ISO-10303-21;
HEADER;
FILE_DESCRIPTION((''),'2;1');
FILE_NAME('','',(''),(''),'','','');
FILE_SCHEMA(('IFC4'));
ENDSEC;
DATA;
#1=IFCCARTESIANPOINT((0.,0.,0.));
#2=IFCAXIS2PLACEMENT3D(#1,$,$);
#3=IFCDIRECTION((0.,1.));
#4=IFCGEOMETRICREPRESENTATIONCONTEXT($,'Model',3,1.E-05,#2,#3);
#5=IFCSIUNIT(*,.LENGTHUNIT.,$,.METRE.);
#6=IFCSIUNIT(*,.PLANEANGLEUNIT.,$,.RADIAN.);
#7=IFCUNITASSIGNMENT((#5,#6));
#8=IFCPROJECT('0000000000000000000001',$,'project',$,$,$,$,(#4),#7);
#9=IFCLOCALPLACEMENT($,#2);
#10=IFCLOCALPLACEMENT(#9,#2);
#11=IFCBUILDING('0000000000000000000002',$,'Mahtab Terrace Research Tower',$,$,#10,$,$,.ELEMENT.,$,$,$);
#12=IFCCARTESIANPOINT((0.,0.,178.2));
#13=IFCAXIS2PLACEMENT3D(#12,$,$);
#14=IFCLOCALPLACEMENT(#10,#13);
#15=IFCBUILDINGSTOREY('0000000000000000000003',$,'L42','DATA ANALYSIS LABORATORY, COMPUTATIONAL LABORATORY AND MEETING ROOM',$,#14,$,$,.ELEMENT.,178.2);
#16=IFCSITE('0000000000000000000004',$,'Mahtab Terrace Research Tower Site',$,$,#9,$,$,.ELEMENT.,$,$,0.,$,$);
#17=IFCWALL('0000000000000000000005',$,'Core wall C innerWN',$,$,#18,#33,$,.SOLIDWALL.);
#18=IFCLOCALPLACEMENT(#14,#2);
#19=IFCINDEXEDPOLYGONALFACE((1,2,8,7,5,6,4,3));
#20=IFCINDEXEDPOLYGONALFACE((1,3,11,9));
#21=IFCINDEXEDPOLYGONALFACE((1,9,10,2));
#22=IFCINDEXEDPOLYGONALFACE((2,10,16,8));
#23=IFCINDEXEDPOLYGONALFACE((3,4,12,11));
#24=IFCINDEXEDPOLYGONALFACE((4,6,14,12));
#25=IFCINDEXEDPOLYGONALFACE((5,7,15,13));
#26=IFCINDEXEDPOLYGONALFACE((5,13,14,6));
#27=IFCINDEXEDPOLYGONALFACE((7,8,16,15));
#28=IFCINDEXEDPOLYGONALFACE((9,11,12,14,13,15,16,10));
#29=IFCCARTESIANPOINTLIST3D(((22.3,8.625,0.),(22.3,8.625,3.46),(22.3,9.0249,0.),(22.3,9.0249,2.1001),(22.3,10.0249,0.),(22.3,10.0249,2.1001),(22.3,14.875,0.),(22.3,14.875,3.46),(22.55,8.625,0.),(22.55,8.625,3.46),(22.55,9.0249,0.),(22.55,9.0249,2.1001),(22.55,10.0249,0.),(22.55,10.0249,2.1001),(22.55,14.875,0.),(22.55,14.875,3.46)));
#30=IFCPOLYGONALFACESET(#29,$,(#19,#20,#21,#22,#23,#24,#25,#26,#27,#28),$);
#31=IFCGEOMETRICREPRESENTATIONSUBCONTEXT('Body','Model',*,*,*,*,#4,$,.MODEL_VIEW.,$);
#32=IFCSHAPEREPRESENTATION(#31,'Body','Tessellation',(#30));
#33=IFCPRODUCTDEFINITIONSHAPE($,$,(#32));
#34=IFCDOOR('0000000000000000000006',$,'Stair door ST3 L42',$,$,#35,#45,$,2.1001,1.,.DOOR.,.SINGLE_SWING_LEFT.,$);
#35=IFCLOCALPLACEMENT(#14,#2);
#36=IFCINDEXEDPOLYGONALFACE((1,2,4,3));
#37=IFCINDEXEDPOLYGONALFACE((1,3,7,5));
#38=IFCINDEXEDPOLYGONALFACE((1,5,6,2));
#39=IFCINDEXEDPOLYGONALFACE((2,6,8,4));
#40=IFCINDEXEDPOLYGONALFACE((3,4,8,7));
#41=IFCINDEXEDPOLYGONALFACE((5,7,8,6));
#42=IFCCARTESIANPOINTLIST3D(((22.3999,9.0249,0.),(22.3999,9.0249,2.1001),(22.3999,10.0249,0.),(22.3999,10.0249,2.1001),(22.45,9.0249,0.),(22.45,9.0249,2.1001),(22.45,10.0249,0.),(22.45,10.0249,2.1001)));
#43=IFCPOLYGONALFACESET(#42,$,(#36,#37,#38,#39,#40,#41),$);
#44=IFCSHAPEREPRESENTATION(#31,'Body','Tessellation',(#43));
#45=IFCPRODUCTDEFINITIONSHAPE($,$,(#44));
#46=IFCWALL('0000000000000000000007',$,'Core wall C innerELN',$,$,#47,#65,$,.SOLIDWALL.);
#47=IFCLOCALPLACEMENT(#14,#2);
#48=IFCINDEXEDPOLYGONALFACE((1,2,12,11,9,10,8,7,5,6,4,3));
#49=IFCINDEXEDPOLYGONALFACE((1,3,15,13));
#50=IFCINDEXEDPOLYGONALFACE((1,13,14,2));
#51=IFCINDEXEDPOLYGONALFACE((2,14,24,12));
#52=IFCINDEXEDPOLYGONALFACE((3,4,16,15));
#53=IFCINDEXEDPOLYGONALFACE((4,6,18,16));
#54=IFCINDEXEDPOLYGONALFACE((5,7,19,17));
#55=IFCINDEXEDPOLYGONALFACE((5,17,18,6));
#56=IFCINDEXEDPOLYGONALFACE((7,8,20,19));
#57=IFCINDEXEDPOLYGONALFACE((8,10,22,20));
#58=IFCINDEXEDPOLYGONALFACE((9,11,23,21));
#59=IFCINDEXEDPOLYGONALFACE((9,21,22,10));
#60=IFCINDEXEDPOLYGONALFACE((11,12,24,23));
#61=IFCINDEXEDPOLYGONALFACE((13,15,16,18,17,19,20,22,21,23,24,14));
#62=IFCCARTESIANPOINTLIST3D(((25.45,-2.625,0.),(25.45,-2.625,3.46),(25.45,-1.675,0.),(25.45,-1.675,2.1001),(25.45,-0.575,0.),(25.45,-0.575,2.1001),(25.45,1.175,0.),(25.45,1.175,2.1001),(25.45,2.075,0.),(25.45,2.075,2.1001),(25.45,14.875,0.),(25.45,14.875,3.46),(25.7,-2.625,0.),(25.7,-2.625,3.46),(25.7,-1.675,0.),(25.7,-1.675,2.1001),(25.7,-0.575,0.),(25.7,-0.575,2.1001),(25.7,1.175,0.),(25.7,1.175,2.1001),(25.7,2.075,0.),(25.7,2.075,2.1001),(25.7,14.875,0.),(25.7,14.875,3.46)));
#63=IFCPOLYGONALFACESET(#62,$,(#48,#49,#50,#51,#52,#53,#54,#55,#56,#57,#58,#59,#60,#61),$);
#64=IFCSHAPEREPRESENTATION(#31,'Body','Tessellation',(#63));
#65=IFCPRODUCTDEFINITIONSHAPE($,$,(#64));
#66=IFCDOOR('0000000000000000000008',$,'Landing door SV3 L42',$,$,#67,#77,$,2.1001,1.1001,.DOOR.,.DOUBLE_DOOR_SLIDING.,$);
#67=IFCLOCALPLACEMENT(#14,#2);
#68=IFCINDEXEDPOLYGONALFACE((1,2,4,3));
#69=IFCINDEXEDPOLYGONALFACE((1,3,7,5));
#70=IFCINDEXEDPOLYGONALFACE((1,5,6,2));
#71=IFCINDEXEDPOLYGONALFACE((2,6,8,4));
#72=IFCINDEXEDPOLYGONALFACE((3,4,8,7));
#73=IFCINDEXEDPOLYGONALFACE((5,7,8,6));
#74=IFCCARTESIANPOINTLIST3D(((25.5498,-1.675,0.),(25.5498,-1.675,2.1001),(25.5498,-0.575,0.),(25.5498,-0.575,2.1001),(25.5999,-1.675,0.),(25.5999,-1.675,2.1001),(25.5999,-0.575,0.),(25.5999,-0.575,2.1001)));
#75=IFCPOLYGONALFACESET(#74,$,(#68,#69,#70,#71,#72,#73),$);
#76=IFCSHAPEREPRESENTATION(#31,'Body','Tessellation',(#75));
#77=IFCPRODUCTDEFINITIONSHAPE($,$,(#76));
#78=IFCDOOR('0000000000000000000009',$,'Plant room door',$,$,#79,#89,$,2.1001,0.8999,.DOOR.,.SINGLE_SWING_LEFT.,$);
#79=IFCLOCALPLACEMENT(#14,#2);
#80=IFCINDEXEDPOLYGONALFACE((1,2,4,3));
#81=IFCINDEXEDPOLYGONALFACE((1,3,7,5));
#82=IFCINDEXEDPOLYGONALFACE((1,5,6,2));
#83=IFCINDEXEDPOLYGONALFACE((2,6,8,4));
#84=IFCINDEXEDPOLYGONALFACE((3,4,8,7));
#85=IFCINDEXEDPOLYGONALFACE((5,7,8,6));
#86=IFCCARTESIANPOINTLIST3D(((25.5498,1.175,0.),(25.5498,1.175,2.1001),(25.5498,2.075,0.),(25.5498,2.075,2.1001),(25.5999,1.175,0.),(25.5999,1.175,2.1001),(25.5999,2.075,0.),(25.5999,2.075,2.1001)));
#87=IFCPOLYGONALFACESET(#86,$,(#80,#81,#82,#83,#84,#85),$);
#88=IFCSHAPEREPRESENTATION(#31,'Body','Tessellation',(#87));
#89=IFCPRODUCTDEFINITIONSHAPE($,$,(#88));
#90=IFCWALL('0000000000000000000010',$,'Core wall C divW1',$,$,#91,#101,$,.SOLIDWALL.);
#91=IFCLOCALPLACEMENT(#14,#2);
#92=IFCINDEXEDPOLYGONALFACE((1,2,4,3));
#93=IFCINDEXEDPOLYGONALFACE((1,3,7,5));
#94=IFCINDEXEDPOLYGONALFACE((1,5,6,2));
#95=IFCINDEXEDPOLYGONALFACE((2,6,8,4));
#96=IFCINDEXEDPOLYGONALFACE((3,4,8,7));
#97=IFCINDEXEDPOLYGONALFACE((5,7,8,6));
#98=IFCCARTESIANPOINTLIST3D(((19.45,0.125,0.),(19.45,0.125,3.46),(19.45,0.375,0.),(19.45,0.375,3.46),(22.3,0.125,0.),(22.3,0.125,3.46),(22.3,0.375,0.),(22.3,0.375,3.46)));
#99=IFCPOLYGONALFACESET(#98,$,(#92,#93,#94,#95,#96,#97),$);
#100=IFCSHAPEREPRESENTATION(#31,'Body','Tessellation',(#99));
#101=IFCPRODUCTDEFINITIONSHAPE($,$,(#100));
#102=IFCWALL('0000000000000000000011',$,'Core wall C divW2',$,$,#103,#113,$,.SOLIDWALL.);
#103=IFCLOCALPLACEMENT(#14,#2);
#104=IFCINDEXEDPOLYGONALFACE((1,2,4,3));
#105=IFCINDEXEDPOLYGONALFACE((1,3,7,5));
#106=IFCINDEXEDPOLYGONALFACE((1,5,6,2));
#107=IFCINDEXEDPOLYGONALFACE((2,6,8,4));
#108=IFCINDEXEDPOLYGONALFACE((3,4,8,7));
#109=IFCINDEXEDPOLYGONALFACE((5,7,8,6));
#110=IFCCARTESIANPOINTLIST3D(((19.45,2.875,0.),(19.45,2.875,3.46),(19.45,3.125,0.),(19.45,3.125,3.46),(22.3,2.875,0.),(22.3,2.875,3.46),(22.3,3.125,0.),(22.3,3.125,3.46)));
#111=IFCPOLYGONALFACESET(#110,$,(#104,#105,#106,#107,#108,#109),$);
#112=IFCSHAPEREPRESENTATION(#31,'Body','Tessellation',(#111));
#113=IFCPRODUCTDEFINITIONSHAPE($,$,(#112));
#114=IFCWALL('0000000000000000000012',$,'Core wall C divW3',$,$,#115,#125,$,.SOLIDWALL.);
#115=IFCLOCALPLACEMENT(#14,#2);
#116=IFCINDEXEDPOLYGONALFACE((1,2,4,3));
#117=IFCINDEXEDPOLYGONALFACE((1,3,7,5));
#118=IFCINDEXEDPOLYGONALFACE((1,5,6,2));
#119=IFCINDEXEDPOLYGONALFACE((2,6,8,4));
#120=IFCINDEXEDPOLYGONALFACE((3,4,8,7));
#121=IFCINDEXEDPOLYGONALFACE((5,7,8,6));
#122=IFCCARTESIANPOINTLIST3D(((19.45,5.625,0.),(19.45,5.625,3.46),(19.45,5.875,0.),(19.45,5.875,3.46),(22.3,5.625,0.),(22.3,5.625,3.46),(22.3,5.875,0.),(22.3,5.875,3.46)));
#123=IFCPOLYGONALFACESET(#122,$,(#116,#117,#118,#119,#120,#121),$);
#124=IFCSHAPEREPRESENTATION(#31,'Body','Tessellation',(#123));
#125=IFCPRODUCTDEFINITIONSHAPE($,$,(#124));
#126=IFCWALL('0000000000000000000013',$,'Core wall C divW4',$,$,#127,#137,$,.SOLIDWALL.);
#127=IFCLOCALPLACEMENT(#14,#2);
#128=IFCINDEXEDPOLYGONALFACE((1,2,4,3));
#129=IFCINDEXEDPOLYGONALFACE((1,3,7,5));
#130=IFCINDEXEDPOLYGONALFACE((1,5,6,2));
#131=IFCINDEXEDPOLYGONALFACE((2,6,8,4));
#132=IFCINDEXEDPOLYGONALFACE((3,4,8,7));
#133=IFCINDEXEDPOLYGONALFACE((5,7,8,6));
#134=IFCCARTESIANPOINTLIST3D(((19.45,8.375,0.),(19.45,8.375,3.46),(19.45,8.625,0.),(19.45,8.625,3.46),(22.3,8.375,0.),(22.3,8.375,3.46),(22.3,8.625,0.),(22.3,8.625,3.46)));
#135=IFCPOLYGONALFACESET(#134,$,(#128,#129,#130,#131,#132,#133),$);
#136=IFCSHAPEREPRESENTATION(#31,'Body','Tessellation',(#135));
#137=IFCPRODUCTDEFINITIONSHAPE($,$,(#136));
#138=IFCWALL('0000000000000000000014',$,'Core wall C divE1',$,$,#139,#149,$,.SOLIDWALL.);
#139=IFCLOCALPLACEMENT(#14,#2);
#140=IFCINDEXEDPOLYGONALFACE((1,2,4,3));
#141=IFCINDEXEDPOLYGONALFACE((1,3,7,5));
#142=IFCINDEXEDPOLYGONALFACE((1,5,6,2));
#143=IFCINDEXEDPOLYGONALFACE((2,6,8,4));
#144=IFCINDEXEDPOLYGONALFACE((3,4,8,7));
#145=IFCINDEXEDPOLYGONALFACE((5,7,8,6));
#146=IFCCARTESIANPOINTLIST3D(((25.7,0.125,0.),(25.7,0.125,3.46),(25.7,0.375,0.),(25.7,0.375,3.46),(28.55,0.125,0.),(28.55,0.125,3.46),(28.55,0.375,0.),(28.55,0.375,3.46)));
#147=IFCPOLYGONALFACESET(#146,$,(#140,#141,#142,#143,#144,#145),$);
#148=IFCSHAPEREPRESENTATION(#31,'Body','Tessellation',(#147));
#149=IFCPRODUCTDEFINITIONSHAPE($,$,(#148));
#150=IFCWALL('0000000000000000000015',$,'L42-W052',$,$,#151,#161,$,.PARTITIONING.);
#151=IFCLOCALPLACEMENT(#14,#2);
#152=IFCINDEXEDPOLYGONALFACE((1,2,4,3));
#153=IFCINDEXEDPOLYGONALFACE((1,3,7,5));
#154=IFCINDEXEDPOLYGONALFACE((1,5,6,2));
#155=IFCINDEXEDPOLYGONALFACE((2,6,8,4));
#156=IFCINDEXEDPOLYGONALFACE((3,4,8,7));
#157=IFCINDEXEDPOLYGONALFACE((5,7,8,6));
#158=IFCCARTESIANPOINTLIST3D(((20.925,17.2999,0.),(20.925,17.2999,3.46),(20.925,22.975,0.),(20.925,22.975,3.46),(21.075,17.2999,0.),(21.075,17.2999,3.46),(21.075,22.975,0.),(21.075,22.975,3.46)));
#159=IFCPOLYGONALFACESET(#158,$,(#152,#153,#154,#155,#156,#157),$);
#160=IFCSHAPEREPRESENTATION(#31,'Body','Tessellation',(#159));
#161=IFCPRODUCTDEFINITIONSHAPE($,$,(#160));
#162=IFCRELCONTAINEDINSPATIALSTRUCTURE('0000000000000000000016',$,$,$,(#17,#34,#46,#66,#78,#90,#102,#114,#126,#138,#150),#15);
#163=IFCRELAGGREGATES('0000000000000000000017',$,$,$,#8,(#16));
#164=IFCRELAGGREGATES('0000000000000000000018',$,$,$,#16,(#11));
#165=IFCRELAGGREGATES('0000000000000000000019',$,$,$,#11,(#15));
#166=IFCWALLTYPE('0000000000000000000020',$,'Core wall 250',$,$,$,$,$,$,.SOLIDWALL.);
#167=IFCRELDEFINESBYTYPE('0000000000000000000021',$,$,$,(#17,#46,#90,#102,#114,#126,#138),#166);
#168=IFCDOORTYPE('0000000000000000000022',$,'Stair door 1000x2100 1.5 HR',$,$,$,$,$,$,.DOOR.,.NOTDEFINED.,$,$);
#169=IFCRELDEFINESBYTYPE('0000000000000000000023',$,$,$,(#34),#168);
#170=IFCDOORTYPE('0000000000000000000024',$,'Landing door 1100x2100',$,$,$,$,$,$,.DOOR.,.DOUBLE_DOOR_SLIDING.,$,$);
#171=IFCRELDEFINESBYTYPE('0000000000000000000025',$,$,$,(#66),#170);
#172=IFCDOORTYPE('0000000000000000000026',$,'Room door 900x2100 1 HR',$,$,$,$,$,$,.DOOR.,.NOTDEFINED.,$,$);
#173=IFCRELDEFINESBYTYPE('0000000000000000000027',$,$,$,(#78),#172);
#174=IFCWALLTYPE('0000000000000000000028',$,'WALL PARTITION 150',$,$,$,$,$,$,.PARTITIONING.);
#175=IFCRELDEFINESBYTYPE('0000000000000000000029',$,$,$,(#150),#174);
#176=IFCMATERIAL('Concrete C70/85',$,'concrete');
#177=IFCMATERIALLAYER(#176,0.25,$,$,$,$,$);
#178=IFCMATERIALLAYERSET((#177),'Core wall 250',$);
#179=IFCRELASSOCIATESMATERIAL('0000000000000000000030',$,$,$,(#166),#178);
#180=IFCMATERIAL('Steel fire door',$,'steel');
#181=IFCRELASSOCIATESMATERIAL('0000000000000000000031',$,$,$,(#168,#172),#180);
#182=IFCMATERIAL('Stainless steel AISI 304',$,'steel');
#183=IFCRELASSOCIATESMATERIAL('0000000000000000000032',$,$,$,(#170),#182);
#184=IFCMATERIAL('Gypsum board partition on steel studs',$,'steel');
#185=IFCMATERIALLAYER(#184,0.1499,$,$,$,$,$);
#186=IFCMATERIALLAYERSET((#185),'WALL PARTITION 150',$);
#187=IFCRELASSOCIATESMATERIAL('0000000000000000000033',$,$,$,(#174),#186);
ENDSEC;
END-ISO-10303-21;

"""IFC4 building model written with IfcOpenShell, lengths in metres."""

from ifc_helpers import new_model, si_unit, direction, frame, frame_2d, origin, place, context, subcontext, project, spatial, rectangle, extrude, material, layer, layer_set, type_object, element, fill, save


model = new_model("IFC4")

# Units and contexts
model_context = context("Model", 3, precision=1e-05, world=origin(), true_north=direction((0.0, 1.0)))
body_context = subcontext(model_context, "Body", "Model", "MODEL_VIEW")
ifc_project = project(units=[si_unit("LENGTHUNIT", "METRE"), si_unit("PLANEANGLEUNIT", "RADIAN")], contexts=[model_context])

# Site, building, storey
site_placement = place(None, origin())
site = spatial("IfcSite", under=ifc_project, at=site_placement, Name="Mahtab Terrace Research Tower Site", CompositionType="ELEMENT", RefElevation=0.0)
building_placement = place(site_placement, origin())
building = spatial("IfcBuilding", under=site, at=building_placement, Name="Mahtab Terrace Research Tower", CompositionType="ELEMENT")
storey_placement = place(building_placement, frame((0.0, 0.0, 178.2)))
storey = spatial("IfcBuildingStorey", under=building, at=storey_placement, Name="L42", Description="DATA ANALYSIS LABORATORY, COMPUTATIONAL LABORATORY AND MEETING ROOM", CompositionType="ELEMENT", Elevation=178.2)

# Shared definitions
ifc_material_1 = material(Name="Concrete C70/85", Category="concrete")

# Shared definitions
ifc_layer_1 = layer(ifc_material_1, 0.25)
ifc_layer_set_1 = layer_set([ifc_layer_1], Name="Core wall 250")
wall_type_1 = type_object("IfcWallType", Name="Core wall 250", PredefinedType="SOLIDWALL", material=ifc_layer_set_1)

# Wall, opening, door
ifc_material_2 = material(Name="Steel fire door", Category="steel")
wall_1_placement = place(storey_placement, frame((22.425, 14.875, 0.0), z_axis=(0.0, 0.0, 1.0), x_axis=(0.0, -1.0, 0.0)))
wall_1 = element("IfcWall", 1, at=wall_1_placement, inside=storey, type_object=wall_type_1, Name="Core wall C innerWN", PredefinedType="SOLIDWALL", context=body_context, shape_type="SweptSolid", body=[
    extrude(rectangle(XDim=6.25, YDim=0.25, at=frame_2d((3.125, 0.0))), origin(), (0.0, 0.0, 1.0), 3.46),
])
opening_1_placement = place(wall_1_placement, frame((4.8501, 0.0, 0.0)))
opening_1 = element("IfcOpeningElement", 2, at=opening_1_placement, cuts=wall_1, PredefinedType="OPENING", context=body_context, shape_type="SweptSolid", body=[
    extrude(rectangle(XDim=1.0, YDim=2.1001, at=frame_2d((0.5, 1.05))), frame((0.0, 0.135, 0.0), z_axis=(0.0, -1.0, 0.0), x_axis=(1.0, 0.0, 0.0)), (0.0, 0.0, 1.0), 0.27),
])
door_type_1 = type_object("IfcDoorType", Name="Stair door 1000x2100 1.5 HR", OperationType="NOTDEFINED", PredefinedType="DOOR", material=ifc_material_2)
door_1_placement = place(opening_1_placement, origin())
door_1 = element("IfcDoor", 3, at=door_1_placement, inside=storey, type_object=door_type_1, Name="Stair door ST3 L42", OperationType="SINGLE_SWING_LEFT", OverallHeight=2.1001, OverallWidth=1.0, PredefinedType="DOOR", context=body_context, shape_type="SweptSolid", body=[
    extrude(rectangle(XDim=1.0, YDim=2.1001, at=frame_2d((0.5, 1.05))), frame((0.0, 0.0249, 0.0), z_axis=(0.0, -1.0, 0.0), x_axis=(1.0, 0.0, 0.0)), (0.0, 0.0, 1.0), 0.05),
])
fill(opening_1, door_1)

# Wall, openings, doors
wall_2_placement = place(storey_placement, frame((25.575, 14.875, 0.0), z_axis=(0.0, 0.0, 1.0), x_axis=(0.0, -1.0, 0.0)))
wall_2 = element("IfcWall", 4, at=wall_2_placement, inside=storey, type_object=wall_type_1, Name="Core wall C innerELN", PredefinedType="SOLIDWALL", context=body_context, shape_type="SweptSolid", body=[
    extrude(rectangle(XDim=17.5, YDim=0.25, at=frame_2d((8.75, 0.0))), origin(), (0.0, 0.0, 1.0), 3.46),
])
opening_2_placement = place(wall_2_placement, frame((15.45, 0.0, 0.0)))
opening_2 = element("IfcOpeningElement", 5, at=opening_2_placement, cuts=wall_2, PredefinedType="OPENING", context=body_context, shape_type="SweptSolid", body=[
    extrude(rectangle(XDim=1.1001, YDim=2.1001, at=frame_2d((0.55, 1.05))), frame((0.0, 0.135, 0.0), z_axis=(0.0, -1.0, 0.0), x_axis=(1.0, 0.0, 0.0)), (0.0, 0.0, 1.0), 0.27),
])
opening_3_placement = place(wall_2_placement, frame((12.8, 0.0, 0.0)))
opening_3 = element("IfcOpeningElement", 6, at=opening_3_placement, cuts=wall_2, PredefinedType="OPENING", context=body_context, shape_type="SweptSolid", body=[
    extrude(rectangle(XDim=0.8999, YDim=2.1001, at=frame_2d((0.45, 1.05))), frame((0.0, 0.135, 0.0), z_axis=(0.0, -1.0, 0.0), x_axis=(1.0, 0.0, 0.0)), (0.0, 0.0, 1.0), 0.27),
])
ifc_material_3 = material(Name="Stainless steel AISI 304", Category="steel")
door_type_2 = type_object("IfcDoorType", Name="Landing door 1100x2100", OperationType="DOUBLE_DOOR_SLIDING", PredefinedType="DOOR", material=ifc_material_3)
door_2_placement = place(opening_2_placement, origin())
door_2 = element("IfcDoor", 7, at=door_2_placement, inside=storey, type_object=door_type_2, Name="Landing door SV3 L42", OperationType="DOUBLE_DOOR_SLIDING", OverallHeight=2.1001, OverallWidth=1.1001, PredefinedType="DOOR", context=body_context, shape_type="SweptSolid", body=[
    extrude(rectangle(XDim=1.1001, YDim=2.1001, at=frame_2d((0.55, 1.05))), frame((0.0, 0.0249, 0.0), z_axis=(0.0, -1.0, 0.0), x_axis=(1.0, 0.0, 0.0)), (0.0, 0.0, 1.0), 0.05),
])
fill(opening_2, door_2)
door_type_3 = type_object("IfcDoorType", Name="Room door 900x2100 1 HR", OperationType="NOTDEFINED", PredefinedType="DOOR", material=ifc_material_2)
door_3_placement = place(opening_3_placement, origin())
door_3 = element("IfcDoor", 8, at=door_3_placement, inside=storey, type_object=door_type_3, Name="Plant room door", OperationType="SINGLE_SWING_LEFT", OverallHeight=2.1001, OverallWidth=0.8999, PredefinedType="DOOR", context=body_context, shape_type="SweptSolid", body=[
    extrude(rectangle(XDim=0.8999, YDim=2.1001, at=frame_2d((0.45, 1.05))), frame((0.0, 0.0249, 0.0), z_axis=(0.0, -1.0, 0.0), x_axis=(1.0, 0.0, 0.0)), (0.0, 0.0, 1.0), 0.05),
])
fill(opening_3, door_3)

# Walls
for number, where, z_axis, x_axis, name in (
    (9, (19.45, 0.25, 0.0), (0.0, 0.0, 1.0), (1.0, 0.0, 0.0), "Core wall C divW1"),
    (10, (19.45, 3.0, 0.0), (0.0, 0.0, 1.0), (1.0, 0.0, 0.0), "Core wall C divW2"),
    (11, (19.45, 5.75, 0.0), (0.0, 0.0, 1.0), (1.0, 0.0, 0.0), "Core wall C divW3"),
    (12, (19.45, 8.5, 0.0), (0.0, 0.0, 1.0), (1.0, 0.0, 0.0), "Core wall C divW4"),
    (13, (25.7, 0.25, 0.0), (0.0, 0.0, 1.0), (1.0, 0.0, 0.0), "Core wall C divE1"),
):
    element("IfcWall", number, at=place(storey_placement, frame(where, z_axis=z_axis, x_axis=x_axis)), inside=storey, type_object=wall_type_1, Name=name, PredefinedType="SOLIDWALL", context=body_context, shape_type="SweptSolid", body=[
        extrude(rectangle(XDim=2.8501, YDim=0.25, at=frame_2d((1.425, 0.0))), origin(), (0.0, 0.0, 1.0), 3.46),
    ])
ifc_material_4 = material(Name="Gypsum board partition on steel studs", Category="steel")
ifc_layer_2 = layer(ifc_material_4, 0.1499)
ifc_layer_set_2 = layer_set([ifc_layer_2], Name="WALL PARTITION 150")
wall_type_2 = type_object("IfcWallType", Name="WALL PARTITION 150", PredefinedType="PARTITIONING", material=ifc_layer_set_2)
wall_3_placement = place(storey_placement, frame((21.0, 17.3, 0.0), z_axis=(0.0, 0.0, 1.0), x_axis=(0.0, 1.0, 0.0)))
element("IfcWall", 14, at=wall_3_placement, inside=storey, type_object=wall_type_2, Name="L42-W052", PredefinedType="PARTITIONING", context=body_context, shape_type="SweptSolid", body=[
    extrude(rectangle(XDim=5.675, YDim=0.1499, at=frame_2d((2.8374, 0.0))), origin(), (0.0, 0.0, 1.0), 3.46),
])

save(model, "model.ifc")
